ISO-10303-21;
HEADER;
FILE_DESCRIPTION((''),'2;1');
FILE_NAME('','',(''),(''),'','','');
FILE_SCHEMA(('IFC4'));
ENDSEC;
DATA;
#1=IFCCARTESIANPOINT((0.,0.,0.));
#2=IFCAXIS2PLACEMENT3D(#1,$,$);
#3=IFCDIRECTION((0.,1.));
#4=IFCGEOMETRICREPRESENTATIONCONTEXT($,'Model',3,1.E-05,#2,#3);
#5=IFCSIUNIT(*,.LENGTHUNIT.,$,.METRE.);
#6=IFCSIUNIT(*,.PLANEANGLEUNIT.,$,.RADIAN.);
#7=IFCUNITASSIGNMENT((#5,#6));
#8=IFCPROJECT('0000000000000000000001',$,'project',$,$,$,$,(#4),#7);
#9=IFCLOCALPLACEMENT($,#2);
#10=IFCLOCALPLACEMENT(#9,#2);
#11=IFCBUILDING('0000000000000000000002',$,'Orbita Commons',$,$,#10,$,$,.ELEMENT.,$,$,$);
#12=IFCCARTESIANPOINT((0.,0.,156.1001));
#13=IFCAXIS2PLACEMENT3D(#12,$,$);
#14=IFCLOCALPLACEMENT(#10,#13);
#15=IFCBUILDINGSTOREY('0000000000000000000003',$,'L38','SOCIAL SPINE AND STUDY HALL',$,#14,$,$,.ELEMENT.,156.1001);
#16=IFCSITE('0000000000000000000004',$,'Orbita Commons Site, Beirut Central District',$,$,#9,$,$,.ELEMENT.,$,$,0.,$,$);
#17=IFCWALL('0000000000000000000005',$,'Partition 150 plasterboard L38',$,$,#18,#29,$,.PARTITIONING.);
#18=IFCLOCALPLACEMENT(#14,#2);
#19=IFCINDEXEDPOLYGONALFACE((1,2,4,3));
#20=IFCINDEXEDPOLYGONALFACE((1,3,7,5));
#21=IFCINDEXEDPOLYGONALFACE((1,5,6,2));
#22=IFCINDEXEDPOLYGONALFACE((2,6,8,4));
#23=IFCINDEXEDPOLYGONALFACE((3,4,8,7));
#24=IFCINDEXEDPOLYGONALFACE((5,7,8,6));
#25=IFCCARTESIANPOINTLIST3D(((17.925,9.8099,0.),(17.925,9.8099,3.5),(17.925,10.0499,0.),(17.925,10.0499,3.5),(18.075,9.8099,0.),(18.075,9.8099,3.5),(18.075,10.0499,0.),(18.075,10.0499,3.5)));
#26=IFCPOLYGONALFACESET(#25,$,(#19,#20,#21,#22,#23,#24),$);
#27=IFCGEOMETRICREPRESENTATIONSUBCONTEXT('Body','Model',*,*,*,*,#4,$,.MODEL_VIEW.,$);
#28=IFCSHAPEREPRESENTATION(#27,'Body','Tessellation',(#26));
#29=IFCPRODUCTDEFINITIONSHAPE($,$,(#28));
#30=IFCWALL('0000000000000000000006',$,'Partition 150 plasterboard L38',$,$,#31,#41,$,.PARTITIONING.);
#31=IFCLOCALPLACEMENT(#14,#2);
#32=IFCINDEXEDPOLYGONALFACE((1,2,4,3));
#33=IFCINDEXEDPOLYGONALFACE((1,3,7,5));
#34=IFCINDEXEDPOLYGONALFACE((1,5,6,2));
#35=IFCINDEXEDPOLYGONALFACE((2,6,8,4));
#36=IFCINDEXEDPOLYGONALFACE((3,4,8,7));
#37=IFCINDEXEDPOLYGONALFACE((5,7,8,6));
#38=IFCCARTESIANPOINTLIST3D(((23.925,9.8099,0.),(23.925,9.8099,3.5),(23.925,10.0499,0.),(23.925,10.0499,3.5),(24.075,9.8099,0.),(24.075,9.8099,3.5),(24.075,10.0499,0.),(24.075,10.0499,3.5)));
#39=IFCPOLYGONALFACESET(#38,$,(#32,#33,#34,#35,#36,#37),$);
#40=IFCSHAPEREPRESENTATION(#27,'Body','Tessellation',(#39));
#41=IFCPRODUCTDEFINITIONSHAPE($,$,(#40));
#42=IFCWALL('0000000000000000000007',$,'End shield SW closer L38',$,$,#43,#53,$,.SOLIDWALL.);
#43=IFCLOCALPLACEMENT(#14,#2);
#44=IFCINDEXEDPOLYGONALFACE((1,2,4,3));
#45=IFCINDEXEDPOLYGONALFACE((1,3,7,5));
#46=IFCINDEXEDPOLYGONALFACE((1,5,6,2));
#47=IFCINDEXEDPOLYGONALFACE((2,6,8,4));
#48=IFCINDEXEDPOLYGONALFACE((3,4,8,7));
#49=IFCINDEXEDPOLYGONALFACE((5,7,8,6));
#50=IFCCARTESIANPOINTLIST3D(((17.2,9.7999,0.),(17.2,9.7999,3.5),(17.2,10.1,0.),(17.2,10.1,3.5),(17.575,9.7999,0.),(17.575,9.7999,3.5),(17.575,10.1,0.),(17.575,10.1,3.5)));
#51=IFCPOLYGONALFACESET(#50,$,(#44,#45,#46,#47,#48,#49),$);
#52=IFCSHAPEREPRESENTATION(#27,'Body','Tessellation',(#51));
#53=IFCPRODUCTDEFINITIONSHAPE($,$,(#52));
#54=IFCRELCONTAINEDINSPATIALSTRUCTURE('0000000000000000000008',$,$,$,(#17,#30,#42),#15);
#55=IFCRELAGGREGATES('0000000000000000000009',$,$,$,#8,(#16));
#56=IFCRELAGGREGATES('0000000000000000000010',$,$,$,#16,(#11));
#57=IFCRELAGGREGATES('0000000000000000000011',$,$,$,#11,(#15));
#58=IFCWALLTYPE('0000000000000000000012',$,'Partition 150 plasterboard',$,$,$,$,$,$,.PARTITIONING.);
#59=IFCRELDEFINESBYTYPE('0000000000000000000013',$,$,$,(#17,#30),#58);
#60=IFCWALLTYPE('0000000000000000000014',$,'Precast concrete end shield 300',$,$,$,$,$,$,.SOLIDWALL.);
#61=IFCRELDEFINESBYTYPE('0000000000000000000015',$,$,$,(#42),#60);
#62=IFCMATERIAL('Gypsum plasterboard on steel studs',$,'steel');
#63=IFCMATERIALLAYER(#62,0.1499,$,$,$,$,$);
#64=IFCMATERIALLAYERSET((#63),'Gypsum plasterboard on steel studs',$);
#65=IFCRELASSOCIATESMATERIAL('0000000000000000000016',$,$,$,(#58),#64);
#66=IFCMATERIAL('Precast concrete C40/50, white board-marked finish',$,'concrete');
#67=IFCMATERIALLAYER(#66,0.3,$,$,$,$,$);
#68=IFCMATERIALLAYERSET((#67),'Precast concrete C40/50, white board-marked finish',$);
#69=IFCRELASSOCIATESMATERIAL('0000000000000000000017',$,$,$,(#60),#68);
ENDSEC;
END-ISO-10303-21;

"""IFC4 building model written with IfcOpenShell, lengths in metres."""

from ifc_helpers import new_model, si_unit, direction, frame, frame_2d, origin, place, context, subcontext, project, spatial, rectangle, extrude, material, layer, layer_set, type_object, element, save


model = new_model("IFC4")

# Units and contexts
model_context = context("Model", 3, precision=1e-05, world=origin(), true_north=direction((0.0, 1.0)))
body_context = subcontext(model_context, "Body", "Model", "MODEL_VIEW")
ifc_project = project(units=[si_unit("LENGTHUNIT", "METRE"), si_unit("PLANEANGLEUNIT", "RADIAN")], contexts=[model_context])

# Site, building, storey
site_placement = place(None, origin())
site = spatial("IfcSite", under=ifc_project, at=site_placement, Name="Orbita Commons Site, Beirut Central District", CompositionType="ELEMENT", RefElevation=0.0)
building_placement = place(site_placement, origin())
building = spatial("IfcBuilding", under=site, at=building_placement, Name="Orbita Commons", CompositionType="ELEMENT")
storey_placement = place(building_placement, frame((0.0, 0.0, 156.1001)))
storey = spatial("IfcBuildingStorey", under=building, at=storey_placement, Name="L38", Description="SOCIAL SPINE AND STUDY HALL", CompositionType="ELEMENT", Elevation=156.1001)

# Walls
ifc_material_1 = material(Name="Gypsum plasterboard on steel studs", Category="steel")
ifc_layer_1 = layer(ifc_material_1, 0.1499)
ifc_layer_set_1 = layer_set([ifc_layer_1], Name="Gypsum plasterboard on steel studs")
wall_type_1 = type_object("IfcWallType", Name="Partition 150 plasterboard", PredefinedType="PARTITIONING", material=ifc_layer_set_1)
for number, where, z_axis, x_axis, name in (
    (1, (18.0, 10.05, 0.0), (0.0, 0.0, 1.0), (0.0, -1.0, 0.0), "Partition 150 plasterboard L38"),
    (2, (24.0, 10.05, 0.0), (0.0, 0.0, 1.0), (0.0, -1.0, 0.0), "Partition 150 plasterboard L38"),
):
    element("IfcWall", number, at=place(storey_placement, frame(where, z_axis=z_axis, x_axis=x_axis)), inside=storey, type_object=wall_type_1, Name=name, PredefinedType="PARTITIONING", context=body_context, shape_type="SweptSolid", body=[
        extrude(rectangle(XDim=0.24, YDim=0.1499, at=frame_2d((0.1201, 0.0))), origin(), (0.0, 0.0, 1.0), 3.5),
    ])
ifc_material_2 = material(Name="Precast concrete C40/50, white board-marked finish", Category="concrete")
ifc_layer_2 = layer(ifc_material_2, 0.3)
ifc_layer_set_2 = layer_set([ifc_layer_2], Name="Precast concrete C40/50, white board-marked finish")
wall_type_2 = type_object("IfcWallType", Name="Precast concrete end shield 300", PredefinedType="SOLIDWALL", material=ifc_layer_set_2)
wall_placement = place(storey_placement, frame((17.2, 9.95, 0.0), z_axis=(0.0, 0.0, 1.0), x_axis=(1.0, 0.0, 0.0)))
element("IfcWall", 3, at=wall_placement, inside=storey, type_object=wall_type_2, Name="End shield SW closer L38", PredefinedType="SOLIDWALL", context=body_context, shape_type="SweptSolid", body=[
    extrude(rectangle(XDim=0.375, YDim=0.3, at=frame_2d((0.1875, 0.0))), origin(), (0.0, 0.0, 1.0), 3.5),
])

save(model, "model.ifc")
